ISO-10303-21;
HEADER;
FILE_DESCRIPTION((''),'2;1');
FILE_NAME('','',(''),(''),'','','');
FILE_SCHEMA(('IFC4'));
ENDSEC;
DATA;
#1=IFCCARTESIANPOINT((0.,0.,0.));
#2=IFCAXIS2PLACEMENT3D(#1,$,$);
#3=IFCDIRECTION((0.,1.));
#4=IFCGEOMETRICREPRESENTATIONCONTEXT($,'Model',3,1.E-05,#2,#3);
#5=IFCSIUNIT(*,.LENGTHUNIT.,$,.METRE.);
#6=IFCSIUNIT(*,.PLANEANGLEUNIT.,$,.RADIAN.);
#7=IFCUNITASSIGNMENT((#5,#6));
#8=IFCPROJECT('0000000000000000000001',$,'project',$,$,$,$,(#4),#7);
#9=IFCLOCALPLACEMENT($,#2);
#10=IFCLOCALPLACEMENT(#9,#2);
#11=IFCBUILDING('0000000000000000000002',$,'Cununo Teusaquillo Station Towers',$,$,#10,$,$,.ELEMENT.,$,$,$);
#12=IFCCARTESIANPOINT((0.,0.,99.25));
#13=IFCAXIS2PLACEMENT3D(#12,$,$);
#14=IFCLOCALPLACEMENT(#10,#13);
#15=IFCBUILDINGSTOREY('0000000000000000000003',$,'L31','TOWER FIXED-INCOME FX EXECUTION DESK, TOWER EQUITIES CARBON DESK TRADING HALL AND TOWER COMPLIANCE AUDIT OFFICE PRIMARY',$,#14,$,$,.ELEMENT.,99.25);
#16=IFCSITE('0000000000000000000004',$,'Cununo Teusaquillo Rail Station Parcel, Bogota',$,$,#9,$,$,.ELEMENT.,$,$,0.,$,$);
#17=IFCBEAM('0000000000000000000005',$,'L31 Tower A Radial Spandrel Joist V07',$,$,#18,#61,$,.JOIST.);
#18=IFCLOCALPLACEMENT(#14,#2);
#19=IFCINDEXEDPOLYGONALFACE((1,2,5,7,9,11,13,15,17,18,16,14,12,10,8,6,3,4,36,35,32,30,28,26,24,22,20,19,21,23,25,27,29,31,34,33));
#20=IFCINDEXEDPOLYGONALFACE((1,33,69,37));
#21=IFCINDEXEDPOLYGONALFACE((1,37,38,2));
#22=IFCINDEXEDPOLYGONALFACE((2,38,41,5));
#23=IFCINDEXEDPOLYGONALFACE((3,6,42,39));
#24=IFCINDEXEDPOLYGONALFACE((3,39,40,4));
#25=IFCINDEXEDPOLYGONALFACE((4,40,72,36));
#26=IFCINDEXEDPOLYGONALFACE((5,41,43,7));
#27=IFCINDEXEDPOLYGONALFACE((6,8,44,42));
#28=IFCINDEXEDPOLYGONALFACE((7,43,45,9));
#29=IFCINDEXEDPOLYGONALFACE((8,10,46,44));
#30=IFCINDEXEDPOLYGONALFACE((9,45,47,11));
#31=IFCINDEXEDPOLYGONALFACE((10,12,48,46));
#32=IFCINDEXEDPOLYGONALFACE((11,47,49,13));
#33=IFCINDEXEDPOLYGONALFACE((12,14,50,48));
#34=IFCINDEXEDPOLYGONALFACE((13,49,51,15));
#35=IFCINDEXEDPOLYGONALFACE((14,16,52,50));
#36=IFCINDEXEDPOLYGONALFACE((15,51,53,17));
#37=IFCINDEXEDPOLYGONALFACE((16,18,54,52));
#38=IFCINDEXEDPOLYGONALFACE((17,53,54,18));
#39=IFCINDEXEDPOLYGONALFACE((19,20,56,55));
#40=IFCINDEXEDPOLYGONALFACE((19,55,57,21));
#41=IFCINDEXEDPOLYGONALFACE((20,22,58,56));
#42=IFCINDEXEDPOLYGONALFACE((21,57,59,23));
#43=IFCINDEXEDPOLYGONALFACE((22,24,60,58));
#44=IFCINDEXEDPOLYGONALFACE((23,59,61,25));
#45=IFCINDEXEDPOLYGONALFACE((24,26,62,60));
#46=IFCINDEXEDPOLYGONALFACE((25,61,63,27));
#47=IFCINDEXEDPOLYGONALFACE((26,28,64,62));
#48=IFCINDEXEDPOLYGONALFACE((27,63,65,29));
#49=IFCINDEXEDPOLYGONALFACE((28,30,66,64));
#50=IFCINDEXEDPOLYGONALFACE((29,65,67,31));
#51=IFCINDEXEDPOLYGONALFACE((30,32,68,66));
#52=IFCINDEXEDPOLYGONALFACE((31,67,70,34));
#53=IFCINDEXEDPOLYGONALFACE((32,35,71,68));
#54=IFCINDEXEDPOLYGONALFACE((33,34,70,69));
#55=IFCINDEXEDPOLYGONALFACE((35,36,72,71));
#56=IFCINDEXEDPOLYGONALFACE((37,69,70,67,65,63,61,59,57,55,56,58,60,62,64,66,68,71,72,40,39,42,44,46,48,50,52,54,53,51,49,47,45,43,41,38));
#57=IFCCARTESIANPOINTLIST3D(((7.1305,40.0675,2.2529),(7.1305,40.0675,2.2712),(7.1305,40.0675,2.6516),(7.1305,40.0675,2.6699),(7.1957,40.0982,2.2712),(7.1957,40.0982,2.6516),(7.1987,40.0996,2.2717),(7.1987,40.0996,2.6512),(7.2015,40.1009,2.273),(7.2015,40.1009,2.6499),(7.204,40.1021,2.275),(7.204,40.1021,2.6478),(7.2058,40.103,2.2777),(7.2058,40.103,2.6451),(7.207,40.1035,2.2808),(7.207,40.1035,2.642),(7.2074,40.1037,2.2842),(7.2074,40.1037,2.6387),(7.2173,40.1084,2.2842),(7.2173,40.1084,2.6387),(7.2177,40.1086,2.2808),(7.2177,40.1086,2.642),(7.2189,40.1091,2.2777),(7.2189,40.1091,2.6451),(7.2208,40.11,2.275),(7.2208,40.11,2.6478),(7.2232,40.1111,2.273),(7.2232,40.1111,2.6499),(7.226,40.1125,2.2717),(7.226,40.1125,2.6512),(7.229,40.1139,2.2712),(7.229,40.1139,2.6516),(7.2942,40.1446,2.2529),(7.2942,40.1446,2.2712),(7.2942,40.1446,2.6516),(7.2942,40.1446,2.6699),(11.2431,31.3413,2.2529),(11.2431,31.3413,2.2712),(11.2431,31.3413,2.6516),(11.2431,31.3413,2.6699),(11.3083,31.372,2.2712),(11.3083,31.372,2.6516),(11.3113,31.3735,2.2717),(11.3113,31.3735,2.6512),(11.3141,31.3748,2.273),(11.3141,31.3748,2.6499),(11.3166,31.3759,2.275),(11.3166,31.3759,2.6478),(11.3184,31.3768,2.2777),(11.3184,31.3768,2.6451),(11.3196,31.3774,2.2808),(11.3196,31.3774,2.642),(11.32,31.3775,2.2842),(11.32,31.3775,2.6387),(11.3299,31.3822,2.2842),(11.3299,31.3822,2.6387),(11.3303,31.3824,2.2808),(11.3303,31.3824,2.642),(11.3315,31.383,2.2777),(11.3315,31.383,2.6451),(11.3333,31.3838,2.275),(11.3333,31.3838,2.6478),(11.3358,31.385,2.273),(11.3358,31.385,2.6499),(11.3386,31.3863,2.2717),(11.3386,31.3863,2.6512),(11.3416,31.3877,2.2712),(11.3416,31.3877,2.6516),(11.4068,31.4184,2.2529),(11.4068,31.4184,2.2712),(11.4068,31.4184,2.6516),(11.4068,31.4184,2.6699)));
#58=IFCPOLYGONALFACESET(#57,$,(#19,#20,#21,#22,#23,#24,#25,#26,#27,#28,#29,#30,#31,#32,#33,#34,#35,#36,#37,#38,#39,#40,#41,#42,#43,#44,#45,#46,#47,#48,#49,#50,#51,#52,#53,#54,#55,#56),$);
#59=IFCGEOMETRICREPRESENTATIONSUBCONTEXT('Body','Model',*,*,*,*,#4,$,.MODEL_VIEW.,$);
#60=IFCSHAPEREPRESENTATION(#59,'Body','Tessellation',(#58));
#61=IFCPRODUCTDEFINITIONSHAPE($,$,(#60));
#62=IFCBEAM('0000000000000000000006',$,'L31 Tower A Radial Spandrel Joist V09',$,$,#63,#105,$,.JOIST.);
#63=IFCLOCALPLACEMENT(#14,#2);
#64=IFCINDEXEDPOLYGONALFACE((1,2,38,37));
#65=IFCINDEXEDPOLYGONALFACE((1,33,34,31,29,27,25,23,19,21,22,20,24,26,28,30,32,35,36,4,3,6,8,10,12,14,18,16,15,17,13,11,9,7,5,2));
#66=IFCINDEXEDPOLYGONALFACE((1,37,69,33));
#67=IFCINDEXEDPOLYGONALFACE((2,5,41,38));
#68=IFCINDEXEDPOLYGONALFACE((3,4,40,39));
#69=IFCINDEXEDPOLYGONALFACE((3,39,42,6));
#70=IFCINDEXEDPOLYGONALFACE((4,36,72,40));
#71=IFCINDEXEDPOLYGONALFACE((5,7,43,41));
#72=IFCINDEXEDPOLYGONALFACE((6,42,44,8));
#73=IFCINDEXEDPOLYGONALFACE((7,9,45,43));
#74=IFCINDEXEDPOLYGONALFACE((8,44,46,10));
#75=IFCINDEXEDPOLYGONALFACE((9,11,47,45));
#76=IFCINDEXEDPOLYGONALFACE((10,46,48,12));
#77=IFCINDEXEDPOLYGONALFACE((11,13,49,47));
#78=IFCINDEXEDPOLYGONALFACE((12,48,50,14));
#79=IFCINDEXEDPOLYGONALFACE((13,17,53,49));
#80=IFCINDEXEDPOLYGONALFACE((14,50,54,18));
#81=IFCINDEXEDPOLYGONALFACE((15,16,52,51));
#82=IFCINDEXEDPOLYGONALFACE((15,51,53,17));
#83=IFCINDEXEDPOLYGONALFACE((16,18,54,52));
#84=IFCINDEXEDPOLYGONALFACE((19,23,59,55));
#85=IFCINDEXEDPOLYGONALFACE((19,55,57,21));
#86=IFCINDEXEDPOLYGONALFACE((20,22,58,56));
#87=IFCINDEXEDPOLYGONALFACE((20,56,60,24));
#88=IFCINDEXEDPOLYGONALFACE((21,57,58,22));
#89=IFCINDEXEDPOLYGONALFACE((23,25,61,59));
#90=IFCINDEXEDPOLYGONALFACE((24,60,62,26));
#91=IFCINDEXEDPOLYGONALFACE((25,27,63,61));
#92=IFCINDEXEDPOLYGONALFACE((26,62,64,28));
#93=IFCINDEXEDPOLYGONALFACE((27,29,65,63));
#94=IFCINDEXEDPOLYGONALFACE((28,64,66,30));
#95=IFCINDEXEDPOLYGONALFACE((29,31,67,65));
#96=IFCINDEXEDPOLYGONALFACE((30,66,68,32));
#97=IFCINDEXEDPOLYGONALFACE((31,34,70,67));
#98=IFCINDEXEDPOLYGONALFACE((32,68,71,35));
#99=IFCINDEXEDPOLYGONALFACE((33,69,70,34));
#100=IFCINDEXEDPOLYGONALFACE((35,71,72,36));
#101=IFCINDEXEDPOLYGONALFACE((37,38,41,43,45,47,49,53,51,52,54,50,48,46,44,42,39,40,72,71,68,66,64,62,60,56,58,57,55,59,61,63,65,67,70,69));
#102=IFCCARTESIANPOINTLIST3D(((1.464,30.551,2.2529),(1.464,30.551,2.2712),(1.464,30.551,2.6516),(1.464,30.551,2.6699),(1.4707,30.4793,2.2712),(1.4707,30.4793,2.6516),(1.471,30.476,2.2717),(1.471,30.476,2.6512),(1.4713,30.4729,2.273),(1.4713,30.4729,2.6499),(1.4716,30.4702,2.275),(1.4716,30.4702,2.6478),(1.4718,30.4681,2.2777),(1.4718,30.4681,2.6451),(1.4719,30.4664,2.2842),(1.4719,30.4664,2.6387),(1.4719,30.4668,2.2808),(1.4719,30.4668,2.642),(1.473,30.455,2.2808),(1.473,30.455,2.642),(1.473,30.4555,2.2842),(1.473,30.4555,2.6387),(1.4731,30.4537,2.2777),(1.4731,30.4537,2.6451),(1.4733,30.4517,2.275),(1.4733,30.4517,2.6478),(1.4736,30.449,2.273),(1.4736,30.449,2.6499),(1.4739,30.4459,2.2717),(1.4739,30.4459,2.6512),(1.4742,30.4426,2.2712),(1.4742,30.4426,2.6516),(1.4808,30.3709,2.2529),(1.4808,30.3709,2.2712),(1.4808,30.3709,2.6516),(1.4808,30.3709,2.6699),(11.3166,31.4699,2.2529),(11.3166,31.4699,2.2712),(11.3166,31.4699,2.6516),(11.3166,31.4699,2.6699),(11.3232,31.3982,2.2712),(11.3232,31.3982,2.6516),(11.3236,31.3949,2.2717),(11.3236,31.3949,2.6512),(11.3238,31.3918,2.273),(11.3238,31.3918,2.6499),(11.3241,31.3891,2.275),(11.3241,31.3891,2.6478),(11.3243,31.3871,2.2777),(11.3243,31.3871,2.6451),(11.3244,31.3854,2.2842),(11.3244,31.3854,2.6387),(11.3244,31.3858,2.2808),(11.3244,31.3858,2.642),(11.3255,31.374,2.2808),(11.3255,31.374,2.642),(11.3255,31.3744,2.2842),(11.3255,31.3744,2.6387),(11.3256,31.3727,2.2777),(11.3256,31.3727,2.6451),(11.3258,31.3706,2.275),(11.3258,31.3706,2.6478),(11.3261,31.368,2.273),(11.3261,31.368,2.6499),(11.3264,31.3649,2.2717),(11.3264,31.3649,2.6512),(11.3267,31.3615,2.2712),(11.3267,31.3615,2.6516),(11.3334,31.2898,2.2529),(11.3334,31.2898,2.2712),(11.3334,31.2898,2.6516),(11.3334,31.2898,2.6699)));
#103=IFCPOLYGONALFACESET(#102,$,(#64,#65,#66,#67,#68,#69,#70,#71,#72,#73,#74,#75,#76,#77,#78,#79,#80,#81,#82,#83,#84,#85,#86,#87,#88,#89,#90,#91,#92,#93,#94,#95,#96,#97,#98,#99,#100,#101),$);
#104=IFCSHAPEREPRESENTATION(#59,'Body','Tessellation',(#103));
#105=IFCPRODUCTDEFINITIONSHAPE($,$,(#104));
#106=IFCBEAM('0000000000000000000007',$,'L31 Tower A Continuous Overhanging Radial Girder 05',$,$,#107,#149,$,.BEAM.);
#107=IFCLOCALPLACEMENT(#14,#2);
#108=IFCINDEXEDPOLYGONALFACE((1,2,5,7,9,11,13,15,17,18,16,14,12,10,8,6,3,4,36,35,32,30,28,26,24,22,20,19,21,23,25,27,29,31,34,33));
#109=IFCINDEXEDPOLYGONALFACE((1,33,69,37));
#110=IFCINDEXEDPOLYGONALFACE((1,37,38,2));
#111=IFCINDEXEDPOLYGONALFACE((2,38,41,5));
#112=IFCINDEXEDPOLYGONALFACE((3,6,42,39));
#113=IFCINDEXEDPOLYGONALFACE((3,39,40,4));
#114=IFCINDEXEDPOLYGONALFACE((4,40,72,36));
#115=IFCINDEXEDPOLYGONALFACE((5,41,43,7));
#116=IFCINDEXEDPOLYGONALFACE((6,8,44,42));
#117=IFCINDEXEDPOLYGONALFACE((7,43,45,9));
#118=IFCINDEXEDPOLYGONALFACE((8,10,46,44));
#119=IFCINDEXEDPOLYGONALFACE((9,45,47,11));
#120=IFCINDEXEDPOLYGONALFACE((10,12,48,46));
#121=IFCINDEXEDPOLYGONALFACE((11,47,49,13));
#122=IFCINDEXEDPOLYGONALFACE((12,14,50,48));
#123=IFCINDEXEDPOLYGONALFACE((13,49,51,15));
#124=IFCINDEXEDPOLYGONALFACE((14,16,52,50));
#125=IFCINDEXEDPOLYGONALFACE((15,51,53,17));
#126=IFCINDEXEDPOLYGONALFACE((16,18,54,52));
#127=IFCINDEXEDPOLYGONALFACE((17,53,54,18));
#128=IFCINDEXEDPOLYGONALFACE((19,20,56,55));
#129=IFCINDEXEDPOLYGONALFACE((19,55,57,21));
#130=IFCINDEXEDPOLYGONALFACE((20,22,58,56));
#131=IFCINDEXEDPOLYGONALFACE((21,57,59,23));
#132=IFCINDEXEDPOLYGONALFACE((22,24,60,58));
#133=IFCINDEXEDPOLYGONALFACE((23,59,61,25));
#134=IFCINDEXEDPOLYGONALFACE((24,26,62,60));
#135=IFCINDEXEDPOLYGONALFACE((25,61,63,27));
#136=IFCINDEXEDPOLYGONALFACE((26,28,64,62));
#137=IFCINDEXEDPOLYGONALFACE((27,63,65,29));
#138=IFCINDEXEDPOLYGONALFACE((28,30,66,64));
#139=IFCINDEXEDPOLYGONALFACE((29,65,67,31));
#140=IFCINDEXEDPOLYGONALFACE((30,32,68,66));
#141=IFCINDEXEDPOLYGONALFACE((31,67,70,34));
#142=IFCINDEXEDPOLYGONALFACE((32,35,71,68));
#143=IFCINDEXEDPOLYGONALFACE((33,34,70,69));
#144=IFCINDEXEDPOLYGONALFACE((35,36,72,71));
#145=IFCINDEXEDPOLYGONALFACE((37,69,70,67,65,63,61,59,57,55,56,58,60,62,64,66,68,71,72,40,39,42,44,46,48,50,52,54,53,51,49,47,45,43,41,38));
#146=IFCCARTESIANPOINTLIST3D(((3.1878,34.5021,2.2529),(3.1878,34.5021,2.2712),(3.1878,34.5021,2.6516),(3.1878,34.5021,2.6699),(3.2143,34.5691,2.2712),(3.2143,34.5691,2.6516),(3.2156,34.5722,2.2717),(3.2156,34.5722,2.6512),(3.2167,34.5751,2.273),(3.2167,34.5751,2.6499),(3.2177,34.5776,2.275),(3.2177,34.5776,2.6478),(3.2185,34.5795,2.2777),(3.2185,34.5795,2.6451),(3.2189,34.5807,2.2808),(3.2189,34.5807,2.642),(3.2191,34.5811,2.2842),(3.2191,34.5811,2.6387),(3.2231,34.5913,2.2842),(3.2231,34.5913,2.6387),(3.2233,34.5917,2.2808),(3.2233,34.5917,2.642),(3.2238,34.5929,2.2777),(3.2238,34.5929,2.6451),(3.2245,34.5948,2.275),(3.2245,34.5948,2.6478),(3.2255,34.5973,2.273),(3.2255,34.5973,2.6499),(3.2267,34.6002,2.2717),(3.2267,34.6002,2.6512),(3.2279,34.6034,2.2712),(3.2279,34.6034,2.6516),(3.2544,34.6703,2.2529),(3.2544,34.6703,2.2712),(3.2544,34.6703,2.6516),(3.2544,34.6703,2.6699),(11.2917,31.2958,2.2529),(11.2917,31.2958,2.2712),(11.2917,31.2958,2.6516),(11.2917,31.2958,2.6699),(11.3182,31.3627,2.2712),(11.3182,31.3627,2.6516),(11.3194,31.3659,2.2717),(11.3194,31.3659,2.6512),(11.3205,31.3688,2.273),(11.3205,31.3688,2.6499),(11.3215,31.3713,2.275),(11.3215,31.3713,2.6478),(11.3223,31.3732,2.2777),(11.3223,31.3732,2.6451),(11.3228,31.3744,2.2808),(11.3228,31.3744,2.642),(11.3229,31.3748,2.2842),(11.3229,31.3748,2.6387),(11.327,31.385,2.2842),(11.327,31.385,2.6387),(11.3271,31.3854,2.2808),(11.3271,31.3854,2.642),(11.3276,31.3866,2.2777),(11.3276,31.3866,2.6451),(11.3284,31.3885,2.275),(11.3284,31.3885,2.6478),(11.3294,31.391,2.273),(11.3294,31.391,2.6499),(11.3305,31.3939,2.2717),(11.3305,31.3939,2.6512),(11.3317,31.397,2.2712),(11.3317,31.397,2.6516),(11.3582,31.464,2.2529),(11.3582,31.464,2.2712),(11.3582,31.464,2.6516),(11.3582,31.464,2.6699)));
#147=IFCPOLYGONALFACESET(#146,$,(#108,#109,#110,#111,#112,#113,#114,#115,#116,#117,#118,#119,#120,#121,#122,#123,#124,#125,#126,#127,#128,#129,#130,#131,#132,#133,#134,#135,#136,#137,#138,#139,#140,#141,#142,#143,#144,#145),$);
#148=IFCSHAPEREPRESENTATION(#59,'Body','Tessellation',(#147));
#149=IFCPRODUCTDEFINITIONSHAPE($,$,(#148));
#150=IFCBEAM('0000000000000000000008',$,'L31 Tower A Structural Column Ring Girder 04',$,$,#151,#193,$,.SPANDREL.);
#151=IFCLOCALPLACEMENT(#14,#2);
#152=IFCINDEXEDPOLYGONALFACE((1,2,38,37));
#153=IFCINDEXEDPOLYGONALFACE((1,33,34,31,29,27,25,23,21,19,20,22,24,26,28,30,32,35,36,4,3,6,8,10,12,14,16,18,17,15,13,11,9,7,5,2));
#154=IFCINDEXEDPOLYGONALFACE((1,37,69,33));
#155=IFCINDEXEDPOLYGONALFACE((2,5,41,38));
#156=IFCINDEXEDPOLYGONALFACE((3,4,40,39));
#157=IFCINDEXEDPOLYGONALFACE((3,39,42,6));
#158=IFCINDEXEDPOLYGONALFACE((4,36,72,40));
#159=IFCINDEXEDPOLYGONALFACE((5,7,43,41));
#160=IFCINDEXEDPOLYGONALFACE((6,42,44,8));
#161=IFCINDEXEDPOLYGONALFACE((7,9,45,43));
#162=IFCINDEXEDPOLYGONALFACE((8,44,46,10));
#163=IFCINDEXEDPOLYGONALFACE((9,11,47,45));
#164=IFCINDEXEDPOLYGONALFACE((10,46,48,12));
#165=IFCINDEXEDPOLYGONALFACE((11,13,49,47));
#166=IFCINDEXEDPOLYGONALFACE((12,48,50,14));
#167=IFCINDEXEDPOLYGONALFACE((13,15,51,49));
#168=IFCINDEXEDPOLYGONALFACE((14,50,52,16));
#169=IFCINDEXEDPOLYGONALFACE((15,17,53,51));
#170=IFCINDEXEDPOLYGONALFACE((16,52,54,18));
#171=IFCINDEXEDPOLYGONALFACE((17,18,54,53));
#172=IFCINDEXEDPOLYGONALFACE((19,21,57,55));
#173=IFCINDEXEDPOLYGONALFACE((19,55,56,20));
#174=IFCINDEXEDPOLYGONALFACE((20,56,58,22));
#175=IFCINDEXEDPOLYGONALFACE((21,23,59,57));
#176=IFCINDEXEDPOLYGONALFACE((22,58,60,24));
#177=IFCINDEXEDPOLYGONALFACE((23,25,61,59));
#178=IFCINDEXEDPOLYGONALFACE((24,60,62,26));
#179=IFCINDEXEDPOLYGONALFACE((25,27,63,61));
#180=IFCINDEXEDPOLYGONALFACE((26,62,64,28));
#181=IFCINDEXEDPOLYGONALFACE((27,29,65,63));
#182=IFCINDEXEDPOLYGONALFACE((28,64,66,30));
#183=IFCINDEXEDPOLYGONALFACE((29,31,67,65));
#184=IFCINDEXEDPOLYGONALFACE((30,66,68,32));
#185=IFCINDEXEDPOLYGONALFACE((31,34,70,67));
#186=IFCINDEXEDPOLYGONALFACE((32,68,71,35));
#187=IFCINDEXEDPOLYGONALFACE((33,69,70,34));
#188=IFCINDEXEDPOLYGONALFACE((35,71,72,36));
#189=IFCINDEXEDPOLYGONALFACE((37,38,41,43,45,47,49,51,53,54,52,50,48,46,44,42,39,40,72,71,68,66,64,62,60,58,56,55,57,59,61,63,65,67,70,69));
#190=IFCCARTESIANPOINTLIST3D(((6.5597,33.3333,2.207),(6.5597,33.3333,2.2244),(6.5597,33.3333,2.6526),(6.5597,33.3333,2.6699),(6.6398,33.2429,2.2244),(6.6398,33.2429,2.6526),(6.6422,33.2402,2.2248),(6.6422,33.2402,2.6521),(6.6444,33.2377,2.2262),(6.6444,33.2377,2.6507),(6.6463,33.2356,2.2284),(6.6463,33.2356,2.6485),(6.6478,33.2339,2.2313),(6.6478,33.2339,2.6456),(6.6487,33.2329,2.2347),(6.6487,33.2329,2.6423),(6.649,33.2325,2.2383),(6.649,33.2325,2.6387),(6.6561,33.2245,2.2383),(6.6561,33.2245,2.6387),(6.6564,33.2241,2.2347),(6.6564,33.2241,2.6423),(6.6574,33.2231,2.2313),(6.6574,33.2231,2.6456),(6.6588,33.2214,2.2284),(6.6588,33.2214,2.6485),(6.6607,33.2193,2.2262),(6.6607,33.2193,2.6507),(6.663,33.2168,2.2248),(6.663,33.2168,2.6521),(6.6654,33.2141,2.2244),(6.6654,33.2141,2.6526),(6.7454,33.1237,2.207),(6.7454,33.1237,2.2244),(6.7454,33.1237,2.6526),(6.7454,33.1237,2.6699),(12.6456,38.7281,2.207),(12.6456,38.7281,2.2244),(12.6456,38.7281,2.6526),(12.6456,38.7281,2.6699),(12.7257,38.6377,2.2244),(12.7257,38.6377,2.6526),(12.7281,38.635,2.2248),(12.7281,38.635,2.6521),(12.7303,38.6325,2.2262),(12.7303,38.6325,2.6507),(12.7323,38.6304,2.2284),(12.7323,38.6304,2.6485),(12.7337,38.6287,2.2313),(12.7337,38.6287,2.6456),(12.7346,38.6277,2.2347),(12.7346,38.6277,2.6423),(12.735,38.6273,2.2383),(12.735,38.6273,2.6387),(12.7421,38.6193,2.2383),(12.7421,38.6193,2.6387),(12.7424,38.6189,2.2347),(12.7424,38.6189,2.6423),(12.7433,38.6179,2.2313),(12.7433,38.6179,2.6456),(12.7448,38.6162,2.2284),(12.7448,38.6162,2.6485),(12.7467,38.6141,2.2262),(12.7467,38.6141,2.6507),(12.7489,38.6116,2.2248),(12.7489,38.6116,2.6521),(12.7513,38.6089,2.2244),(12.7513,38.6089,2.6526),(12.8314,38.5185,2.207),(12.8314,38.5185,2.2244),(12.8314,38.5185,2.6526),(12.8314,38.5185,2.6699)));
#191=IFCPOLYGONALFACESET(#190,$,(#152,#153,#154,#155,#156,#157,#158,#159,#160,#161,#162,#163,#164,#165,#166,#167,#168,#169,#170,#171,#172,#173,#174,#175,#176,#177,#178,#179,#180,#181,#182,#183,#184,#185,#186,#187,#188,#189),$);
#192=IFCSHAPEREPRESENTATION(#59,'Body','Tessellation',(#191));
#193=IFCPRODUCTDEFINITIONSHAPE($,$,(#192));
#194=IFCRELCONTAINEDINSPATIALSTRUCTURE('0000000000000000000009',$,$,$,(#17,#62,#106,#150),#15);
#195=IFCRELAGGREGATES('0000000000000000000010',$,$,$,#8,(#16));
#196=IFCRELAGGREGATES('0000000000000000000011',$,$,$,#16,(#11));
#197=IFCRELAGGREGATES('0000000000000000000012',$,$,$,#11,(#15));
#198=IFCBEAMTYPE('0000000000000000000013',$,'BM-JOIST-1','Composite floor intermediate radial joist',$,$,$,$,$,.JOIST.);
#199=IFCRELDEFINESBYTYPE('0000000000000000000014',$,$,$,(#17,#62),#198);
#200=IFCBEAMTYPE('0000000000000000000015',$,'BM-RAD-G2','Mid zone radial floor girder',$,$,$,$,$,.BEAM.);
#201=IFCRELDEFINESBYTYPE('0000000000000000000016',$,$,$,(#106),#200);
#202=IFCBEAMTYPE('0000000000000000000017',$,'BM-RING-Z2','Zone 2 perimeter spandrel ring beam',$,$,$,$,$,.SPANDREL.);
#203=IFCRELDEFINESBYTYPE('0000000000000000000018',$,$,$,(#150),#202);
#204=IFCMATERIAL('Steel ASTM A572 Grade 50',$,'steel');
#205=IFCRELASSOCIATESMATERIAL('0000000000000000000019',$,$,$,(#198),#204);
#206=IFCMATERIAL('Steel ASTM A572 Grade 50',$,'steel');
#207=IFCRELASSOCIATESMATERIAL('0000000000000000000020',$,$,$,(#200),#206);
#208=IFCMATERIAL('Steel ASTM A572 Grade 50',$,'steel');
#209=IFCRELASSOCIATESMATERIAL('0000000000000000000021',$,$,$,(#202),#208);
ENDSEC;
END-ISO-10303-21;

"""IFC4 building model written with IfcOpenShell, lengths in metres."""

from ifc_helpers import new_model, si_unit, direction, frame, origin, origin_2d, place, context, subcontext, project, spatial, i_section, extrude, material, material_profile, profile_set, type_object, element, save


model = new_model("IFC4")

# Units and contexts
model_context = context("Model", 3, precision=1e-05, world=origin(), true_north=direction((0.0, 1.0)))
body_context = subcontext(model_context, "Body", "Model", "MODEL_VIEW")
ifc_project = project(units=[si_unit("LENGTHUNIT", "METRE"), si_unit("PLANEANGLEUNIT", "RADIAN")], contexts=[model_context])

# Site, building, storey
site_placement = place(None, origin())
site = spatial("IfcSite", under=ifc_project, at=site_placement, Name="Cununo Teusaquillo Rail Station Parcel, Bogota", CompositionType="ELEMENT", RefElevation=0.0)
building_placement = place(site_placement, origin())
building = spatial("IfcBuilding", under=site, at=building_placement, Name="Cununo Teusaquillo Station Towers", CompositionType="ELEMENT")
storey_placement = place(building_placement, frame((0.0, 0.0, 99.25)))
storey = spatial("IfcBuildingStorey", under=building, at=storey_placement, Name="L31", Description="TOWER FIXED-INCOME FX EXECUTION DESK, TOWER EQUITIES CARBON DESK TRADING HALL AND TOWER COMPLIANCE AUDIT OFFICE PRIMARY", CompositionType="ELEMENT", Elevation=99.25)

# Beams
ifc_material_1 = material(Name="Steel ASTM A572 Grade 50", Category="steel")
ifc_material_profile_1 = material_profile(ifc_material_1, i_section(OverallWidth=0.1809, OverallDepth=0.417, WebThickness=0.011, FlangeThickness=0.0183, FilletRadius=0.0129, at=origin_2d()), Name="W16X57")
ifc_profile_set_1 = profile_set([ifc_material_profile_1], Name="Steel ASTM A572 Grade 50")
beam_type_1 = type_object("IfcBeamType", Name="BM-JOIST-1", Description="Composite floor intermediate radial joist", PredefinedType="JOIST", material=ifc_profile_set_1)
beam_1_placement = place(storey_placement, frame((11.325, 31.3799, 2.4614), z_axis=(-0.42632, 0.904572, 0.0), x_axis=(-0.904572, -0.42632, 0.0)))
element("IfcBeam", 1, at=beam_1_placement, inside=storey, type_object=beam_type_1, Name="L31 Tower A Radial Spandrel Joist V07", PredefinedType="JOIST", context=body_context, shape_type="SweptSolid", body=[
    extrude(i_section(OverallWidth=0.1809, OverallDepth=0.417, WebThickness=0.011, FlangeThickness=0.0183, FilletRadius=0.0129, at=origin_2d()), origin(), (0.0, 0.0, 1.0), 9.6467),
])
beam_2_placement = place(storey_placement, frame((11.325, 31.3799, 2.4614), z_axis=(-0.995679, -0.092867, 0.0), x_axis=(0.092867, -0.995679, 0.0)))
element("IfcBeam", 2, at=beam_2_placement, inside=storey, type_object=beam_type_1, Name="L31 Tower A Radial Spandrel Joist V09", PredefinedType="JOIST", context=body_context, shape_type="SweptSolid", body=[
    extrude(i_section(OverallWidth=0.1809, OverallDepth=0.417, WebThickness=0.011, FlangeThickness=0.0183, FilletRadius=0.0129, at=origin_2d()), origin(), (0.0, 0.0, 1.0), 9.8953),
])
ifc_material_2 = material(Name="Steel ASTM A572 Grade 50", Category="steel")
ifc_material_profile_2 = material_profile(ifc_material_2, i_section(OverallWidth=0.1809, OverallDepth=0.417, WebThickness=0.011, FlangeThickness=0.0183, FilletRadius=0.0129, at=origin_2d()), Name="W16X57")
ifc_profile_set_2 = profile_set([ifc_material_profile_2], Name="Steel ASTM A572 Grade 50")
beam_type_2 = type_object("IfcBeamType", Name="BM-RAD-G2", Description="Mid zone radial floor girder", PredefinedType="BEAM", material=ifc_profile_set_2)
beam_3_placement = place(storey_placement, frame((11.325, 31.3799, 2.4614), z_axis=(-0.929863, 0.367906, 0.0), x_axis=(-0.367906, -0.929863, 0.0)))
element("IfcBeam", 3, at=beam_3_placement, inside=storey, type_object=beam_type_2, Name="L31 Tower A Continuous Overhanging Radial Girder 05", PredefinedType="BEAM", context=body_context, shape_type="SweptSolid", body=[
    extrude(i_section(OverallWidth=0.1809, OverallDepth=0.417, WebThickness=0.011, FlangeThickness=0.0183, FilletRadius=0.0129, at=origin_2d()), origin(), (0.0, 0.0, 1.0), 8.7151),
])
ifc_material_3 = material(Name="Steel ASTM A572 Grade 50", Category="steel")
ifc_material_profile_3 = material_profile(ifc_material_3, i_section(OverallWidth=0.28, OverallDepth=0.4629, WebThickness=0.0107, FlangeThickness=0.0173, FilletRadius=0.0139, at=origin_2d()), Name="W18X76")
ifc_profile_set_3 = profile_set([ifc_material_profile_3], Name="Steel ASTM A572 Grade 50")
beam_type_3 = type_object("IfcBeamType", Name="BM-RING-Z2", Description="Zone 2 perimeter spandrel ring beam", PredefinedType="SPANDREL", material=ifc_profile_set_3)
beam_4_placement = place(storey_placement, frame((12.7385, 38.6233, 2.4385), z_axis=(-0.748321, -0.663337, 0.0), x_axis=(0.663337, -0.748321, 0.0)))
element("IfcBeam", 4, at=beam_4_placement, inside=storey, type_object=beam_type_3, Name="L31 Tower A Structural Column Ring Girder 04", PredefinedType="SPANDREL", context=body_context, shape_type="SweptSolid", body=[
    extrude(i_section(OverallWidth=0.28, OverallDepth=0.4629, WebThickness=0.0107, FlangeThickness=0.0173, FilletRadius=0.0139, at=origin_2d()), origin(), (0.0, 0.0, 1.0), 8.1328),
])

save(model, "model.ifc")
